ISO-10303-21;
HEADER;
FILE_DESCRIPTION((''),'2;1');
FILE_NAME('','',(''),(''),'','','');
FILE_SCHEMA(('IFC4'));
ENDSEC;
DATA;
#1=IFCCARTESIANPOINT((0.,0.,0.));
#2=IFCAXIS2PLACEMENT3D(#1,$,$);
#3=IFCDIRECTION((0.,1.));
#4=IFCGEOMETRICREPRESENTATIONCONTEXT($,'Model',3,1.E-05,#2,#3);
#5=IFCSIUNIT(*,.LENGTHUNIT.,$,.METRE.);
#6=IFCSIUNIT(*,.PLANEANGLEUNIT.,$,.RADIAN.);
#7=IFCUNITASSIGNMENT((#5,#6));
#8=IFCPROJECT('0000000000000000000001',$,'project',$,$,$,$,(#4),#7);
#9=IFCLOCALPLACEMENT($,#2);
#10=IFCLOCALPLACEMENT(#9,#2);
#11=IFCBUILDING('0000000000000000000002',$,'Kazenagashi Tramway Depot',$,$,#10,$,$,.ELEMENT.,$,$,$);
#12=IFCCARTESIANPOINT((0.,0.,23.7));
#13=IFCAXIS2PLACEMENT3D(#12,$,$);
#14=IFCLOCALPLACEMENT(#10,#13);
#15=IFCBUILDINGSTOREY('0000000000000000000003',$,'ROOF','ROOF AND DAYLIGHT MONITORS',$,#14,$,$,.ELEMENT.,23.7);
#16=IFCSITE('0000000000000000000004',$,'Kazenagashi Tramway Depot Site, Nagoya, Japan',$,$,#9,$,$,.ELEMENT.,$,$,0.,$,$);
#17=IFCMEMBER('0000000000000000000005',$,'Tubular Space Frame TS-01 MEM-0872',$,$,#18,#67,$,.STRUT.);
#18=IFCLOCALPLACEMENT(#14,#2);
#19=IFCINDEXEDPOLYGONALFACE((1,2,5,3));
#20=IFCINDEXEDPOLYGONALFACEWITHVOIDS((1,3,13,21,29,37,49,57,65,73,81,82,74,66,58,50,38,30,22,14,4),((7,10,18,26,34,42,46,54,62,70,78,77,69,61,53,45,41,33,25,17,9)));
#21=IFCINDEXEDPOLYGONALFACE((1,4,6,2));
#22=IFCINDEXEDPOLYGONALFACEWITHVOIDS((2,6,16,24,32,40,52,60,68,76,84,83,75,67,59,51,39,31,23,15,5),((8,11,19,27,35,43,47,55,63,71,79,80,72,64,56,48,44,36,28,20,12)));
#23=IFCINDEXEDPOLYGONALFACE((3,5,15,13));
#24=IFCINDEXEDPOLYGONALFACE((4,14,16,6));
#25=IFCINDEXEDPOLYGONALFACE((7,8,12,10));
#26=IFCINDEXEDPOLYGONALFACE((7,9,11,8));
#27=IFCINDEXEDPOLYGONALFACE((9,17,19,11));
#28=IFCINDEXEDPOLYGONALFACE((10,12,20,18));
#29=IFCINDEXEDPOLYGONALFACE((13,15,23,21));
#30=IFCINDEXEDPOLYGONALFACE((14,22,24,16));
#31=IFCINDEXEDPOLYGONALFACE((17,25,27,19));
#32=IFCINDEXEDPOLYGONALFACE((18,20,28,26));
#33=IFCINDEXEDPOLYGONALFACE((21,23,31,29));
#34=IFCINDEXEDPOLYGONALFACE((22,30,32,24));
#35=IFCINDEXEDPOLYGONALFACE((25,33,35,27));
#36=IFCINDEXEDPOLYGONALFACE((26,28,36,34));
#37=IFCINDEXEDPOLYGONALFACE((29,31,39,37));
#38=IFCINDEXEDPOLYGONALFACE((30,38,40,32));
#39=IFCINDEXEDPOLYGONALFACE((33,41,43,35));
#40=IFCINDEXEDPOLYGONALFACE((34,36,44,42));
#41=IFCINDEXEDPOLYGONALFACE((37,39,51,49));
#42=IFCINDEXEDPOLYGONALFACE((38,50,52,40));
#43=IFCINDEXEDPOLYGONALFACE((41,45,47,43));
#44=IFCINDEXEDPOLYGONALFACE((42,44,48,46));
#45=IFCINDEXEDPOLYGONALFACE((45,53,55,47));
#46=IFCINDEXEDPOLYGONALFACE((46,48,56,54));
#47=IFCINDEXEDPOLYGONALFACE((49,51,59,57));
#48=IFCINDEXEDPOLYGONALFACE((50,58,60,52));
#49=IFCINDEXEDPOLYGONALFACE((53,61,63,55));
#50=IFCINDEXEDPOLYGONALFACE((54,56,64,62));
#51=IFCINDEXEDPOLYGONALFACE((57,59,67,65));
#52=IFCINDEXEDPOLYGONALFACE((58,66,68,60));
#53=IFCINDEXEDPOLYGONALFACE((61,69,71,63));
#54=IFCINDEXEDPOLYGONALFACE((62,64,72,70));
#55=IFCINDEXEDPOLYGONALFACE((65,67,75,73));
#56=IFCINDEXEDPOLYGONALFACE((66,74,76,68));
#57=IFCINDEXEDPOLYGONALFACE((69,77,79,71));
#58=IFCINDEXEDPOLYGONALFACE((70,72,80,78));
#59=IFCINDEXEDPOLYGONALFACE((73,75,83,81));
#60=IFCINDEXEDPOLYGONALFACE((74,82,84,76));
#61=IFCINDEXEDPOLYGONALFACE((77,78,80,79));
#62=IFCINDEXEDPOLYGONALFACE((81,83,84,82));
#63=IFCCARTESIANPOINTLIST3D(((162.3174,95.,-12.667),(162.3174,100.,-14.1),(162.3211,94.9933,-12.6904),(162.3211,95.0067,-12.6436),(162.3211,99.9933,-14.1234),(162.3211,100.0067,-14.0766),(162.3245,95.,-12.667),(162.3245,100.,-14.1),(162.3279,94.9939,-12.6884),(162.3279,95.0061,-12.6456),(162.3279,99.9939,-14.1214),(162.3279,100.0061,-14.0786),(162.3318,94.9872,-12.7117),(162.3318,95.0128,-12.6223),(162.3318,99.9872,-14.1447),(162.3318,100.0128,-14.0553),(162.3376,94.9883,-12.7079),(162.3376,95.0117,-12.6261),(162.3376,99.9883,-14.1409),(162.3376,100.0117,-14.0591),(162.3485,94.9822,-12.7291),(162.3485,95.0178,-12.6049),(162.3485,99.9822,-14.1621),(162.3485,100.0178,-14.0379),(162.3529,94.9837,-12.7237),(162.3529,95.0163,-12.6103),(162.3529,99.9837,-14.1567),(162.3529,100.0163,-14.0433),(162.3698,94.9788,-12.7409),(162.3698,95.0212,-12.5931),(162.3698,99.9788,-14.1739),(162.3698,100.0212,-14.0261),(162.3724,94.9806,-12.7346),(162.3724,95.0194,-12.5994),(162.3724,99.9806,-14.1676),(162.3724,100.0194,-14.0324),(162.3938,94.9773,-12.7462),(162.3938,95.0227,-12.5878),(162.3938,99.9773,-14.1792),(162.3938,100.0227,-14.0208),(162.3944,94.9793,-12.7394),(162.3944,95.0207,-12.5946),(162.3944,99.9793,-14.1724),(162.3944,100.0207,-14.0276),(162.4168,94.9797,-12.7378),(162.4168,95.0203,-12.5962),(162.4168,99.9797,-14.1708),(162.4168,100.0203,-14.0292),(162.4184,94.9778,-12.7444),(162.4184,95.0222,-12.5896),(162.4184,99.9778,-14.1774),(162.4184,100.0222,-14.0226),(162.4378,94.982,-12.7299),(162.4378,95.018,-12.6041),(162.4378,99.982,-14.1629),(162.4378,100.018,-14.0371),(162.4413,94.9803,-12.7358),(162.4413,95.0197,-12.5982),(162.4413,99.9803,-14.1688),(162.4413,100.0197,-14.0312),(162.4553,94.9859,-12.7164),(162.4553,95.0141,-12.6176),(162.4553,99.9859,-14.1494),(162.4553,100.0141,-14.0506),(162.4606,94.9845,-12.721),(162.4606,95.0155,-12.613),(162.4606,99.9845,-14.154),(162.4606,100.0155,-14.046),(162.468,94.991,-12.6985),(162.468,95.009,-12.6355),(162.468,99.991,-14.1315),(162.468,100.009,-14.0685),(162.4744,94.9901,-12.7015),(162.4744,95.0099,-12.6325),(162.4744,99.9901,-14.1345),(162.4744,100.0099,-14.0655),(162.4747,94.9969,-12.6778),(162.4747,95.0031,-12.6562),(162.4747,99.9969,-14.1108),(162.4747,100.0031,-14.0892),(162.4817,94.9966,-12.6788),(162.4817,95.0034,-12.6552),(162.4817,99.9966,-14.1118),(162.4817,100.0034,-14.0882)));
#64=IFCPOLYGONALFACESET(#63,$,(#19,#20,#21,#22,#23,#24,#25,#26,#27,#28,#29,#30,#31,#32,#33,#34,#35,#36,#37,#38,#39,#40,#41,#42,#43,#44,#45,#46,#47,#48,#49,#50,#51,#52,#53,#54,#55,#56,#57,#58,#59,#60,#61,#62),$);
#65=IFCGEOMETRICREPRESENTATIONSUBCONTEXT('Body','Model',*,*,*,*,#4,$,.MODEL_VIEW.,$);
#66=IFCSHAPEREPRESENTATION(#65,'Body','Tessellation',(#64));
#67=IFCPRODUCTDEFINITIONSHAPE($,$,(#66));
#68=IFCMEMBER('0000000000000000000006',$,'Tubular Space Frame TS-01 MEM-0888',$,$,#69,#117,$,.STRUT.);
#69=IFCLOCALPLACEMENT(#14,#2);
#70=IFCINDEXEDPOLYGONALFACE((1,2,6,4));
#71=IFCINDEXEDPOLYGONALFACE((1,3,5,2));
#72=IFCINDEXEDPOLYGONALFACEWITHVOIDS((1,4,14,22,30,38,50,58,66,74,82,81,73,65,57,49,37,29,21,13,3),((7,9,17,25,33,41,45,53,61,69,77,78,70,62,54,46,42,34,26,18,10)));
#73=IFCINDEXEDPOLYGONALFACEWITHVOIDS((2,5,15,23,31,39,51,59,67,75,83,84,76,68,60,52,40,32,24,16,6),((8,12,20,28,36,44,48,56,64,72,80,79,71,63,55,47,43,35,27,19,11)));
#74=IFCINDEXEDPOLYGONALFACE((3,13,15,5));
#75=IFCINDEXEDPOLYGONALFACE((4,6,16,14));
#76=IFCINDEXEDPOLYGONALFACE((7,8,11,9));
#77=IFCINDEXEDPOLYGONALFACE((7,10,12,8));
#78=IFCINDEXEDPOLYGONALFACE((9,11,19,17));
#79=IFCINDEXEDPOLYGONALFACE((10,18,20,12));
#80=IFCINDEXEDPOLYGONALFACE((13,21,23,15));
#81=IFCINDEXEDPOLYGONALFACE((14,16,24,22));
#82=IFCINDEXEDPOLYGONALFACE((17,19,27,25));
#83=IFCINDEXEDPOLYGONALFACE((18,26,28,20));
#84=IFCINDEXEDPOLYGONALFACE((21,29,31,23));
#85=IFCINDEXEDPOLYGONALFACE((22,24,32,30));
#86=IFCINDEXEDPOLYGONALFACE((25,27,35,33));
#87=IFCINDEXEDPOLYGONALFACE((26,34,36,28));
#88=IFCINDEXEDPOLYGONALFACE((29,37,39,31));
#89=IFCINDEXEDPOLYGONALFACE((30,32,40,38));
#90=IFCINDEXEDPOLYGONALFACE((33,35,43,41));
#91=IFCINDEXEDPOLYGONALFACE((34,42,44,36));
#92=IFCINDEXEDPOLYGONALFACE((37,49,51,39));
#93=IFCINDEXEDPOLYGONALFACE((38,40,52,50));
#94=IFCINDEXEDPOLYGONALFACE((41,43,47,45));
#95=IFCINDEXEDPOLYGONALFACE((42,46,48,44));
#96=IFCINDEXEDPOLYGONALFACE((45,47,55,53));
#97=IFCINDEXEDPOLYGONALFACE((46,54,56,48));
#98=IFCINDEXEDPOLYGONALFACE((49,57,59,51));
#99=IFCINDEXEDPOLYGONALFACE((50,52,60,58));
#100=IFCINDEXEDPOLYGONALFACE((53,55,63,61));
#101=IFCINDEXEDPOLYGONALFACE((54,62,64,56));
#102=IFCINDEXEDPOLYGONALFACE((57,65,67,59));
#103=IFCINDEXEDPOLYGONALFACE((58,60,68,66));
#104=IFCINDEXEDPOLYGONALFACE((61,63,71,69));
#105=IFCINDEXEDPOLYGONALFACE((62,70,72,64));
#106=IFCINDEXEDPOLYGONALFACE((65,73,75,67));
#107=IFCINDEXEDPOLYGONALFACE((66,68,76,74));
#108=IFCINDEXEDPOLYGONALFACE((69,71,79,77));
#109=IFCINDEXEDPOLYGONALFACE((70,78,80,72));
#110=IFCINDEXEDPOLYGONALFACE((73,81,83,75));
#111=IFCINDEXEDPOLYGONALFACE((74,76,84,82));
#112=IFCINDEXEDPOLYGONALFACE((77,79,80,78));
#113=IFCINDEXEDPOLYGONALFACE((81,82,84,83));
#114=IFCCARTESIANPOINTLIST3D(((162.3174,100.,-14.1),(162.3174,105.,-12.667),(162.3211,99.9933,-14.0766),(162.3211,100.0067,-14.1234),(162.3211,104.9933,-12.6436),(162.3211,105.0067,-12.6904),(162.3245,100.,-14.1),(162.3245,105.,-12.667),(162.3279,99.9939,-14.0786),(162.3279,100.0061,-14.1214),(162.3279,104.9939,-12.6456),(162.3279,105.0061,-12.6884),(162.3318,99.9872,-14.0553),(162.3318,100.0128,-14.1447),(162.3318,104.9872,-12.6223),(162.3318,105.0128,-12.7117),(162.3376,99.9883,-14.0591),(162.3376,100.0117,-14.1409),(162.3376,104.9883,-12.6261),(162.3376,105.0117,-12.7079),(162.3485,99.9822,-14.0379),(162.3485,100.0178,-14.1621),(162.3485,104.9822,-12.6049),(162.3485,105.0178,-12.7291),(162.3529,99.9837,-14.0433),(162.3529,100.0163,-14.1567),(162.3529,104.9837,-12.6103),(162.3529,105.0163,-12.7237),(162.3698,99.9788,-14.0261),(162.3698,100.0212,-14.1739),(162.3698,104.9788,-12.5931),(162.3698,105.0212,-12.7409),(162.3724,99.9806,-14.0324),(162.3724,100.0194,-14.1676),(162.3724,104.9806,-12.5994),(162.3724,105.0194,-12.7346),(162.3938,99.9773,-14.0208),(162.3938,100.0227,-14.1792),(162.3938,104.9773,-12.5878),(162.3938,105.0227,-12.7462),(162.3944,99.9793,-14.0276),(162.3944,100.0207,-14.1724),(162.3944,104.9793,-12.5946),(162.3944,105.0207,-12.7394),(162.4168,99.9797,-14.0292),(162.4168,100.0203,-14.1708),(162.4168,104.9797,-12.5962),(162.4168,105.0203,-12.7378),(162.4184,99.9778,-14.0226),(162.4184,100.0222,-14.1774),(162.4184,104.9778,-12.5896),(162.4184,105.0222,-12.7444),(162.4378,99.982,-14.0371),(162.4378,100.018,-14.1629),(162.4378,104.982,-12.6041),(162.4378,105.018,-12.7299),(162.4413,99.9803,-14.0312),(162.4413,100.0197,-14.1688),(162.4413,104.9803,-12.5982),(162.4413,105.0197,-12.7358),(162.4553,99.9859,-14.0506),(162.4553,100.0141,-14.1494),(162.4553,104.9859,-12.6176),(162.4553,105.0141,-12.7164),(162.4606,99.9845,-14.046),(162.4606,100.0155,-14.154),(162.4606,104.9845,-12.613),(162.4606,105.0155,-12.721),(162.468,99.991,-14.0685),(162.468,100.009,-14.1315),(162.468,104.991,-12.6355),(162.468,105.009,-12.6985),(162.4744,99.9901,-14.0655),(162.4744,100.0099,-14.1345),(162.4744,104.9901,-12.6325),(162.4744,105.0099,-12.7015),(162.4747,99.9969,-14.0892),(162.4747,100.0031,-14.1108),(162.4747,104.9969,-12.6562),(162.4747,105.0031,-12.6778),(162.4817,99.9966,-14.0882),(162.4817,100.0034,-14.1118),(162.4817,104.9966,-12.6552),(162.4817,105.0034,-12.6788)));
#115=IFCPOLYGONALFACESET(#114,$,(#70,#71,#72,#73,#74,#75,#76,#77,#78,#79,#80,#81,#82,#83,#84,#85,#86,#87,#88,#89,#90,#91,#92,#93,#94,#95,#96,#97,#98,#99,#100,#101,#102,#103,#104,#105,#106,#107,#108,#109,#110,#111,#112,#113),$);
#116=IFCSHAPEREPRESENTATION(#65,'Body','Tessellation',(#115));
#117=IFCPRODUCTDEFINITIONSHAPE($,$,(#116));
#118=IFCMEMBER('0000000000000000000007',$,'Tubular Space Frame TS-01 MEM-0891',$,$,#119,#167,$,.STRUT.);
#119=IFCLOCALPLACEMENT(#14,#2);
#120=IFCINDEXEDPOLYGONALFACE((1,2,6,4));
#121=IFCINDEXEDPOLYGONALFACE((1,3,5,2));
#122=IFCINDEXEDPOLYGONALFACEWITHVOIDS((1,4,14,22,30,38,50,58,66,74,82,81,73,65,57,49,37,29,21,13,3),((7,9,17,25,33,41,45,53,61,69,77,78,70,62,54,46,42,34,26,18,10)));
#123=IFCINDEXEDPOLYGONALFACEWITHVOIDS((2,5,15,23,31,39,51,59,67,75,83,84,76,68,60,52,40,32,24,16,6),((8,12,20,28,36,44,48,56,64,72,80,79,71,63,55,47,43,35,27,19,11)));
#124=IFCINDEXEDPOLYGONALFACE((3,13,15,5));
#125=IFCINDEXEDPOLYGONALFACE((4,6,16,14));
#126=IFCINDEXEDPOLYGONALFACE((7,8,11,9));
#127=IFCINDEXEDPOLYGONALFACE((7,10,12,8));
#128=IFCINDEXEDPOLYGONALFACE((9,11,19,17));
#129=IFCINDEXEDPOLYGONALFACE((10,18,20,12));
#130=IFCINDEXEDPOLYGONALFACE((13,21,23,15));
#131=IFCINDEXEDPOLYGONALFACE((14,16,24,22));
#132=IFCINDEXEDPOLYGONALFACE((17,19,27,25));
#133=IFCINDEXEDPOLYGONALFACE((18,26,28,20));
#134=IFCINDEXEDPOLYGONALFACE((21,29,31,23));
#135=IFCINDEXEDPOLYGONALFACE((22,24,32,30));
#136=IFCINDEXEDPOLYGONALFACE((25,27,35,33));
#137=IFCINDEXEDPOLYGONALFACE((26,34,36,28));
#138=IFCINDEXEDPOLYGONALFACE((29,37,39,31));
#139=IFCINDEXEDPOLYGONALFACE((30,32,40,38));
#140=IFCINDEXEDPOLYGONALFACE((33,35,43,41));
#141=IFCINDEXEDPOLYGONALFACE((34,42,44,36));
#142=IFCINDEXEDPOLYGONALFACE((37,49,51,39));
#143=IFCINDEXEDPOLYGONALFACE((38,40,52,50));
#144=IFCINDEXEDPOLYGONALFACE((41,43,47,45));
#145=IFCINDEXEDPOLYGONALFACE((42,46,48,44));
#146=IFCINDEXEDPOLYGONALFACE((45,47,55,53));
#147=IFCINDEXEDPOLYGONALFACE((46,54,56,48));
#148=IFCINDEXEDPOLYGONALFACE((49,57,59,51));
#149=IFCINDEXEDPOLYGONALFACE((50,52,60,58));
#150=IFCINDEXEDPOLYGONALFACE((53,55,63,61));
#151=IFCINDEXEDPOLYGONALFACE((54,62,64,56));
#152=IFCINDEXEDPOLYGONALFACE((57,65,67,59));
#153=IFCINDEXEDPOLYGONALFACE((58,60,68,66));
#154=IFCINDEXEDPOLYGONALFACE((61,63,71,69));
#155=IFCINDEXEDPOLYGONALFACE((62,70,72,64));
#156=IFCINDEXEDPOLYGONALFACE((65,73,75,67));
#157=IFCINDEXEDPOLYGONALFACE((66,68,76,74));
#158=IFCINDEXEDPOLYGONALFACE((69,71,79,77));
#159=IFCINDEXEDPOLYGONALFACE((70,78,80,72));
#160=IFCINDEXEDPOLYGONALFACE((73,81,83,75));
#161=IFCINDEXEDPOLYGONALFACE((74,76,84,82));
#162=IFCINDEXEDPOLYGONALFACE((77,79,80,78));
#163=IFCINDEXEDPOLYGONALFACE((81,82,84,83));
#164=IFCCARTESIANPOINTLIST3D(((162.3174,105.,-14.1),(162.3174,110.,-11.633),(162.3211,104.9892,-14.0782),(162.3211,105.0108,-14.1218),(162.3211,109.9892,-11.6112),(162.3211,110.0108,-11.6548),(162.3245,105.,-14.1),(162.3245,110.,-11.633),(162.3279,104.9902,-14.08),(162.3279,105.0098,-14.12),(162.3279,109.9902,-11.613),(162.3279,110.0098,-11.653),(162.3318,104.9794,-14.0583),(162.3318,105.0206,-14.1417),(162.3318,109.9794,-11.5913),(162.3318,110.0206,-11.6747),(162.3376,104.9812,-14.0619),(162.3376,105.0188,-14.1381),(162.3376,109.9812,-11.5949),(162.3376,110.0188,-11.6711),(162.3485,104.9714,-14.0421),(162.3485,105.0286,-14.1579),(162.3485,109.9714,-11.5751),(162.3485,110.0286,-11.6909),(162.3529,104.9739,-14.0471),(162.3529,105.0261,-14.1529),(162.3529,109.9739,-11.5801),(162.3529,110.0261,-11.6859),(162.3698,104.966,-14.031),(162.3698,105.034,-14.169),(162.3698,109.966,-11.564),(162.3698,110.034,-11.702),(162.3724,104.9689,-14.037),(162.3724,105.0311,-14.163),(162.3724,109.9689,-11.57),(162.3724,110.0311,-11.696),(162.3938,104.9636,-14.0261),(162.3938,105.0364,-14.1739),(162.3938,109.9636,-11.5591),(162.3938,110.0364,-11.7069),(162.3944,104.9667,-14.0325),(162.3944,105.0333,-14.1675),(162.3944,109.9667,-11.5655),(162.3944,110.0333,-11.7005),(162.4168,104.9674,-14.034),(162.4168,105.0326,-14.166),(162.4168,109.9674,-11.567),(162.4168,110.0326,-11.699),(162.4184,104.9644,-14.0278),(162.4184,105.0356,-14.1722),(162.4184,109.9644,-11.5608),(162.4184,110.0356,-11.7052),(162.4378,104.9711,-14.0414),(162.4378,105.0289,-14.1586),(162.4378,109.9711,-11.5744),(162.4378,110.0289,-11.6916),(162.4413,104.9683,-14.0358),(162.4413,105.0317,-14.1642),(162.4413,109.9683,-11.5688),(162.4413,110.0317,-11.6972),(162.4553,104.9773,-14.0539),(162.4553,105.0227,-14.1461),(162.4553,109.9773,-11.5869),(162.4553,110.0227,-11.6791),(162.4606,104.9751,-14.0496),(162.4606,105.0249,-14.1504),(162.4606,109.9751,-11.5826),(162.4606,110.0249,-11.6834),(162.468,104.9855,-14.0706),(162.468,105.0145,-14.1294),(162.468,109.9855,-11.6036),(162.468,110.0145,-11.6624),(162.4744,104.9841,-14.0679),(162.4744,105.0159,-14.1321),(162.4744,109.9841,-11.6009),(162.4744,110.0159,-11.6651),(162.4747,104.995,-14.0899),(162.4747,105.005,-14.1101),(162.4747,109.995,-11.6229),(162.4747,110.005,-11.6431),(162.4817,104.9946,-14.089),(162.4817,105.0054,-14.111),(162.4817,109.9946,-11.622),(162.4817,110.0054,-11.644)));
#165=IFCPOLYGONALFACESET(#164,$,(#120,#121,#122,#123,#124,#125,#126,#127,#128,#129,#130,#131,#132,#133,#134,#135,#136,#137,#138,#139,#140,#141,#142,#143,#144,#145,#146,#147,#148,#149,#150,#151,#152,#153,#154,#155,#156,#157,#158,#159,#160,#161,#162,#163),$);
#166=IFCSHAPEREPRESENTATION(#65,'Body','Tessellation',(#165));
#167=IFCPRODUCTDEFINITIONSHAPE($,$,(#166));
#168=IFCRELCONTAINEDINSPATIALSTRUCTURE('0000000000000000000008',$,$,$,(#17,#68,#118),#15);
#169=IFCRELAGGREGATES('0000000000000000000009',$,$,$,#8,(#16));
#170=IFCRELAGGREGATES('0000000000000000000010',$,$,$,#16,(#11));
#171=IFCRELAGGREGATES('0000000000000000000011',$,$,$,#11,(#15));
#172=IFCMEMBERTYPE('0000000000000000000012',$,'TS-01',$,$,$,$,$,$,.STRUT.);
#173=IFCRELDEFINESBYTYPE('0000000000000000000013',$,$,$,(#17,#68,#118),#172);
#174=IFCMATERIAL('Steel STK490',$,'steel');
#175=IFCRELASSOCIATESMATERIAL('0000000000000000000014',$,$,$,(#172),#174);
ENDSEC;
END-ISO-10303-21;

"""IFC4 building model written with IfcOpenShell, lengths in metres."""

from ifc_helpers import new_model, si_unit, direction, frame, origin, origin_2d, place, context, subcontext, project, spatial, hollow_circle, extrude, material, material_profile, profile_set, type_object, element, save


model = new_model("IFC4")

# Units and contexts
model_context = context("Model", 3, precision=1e-05, world=origin(), true_north=direction((0.0, 1.0)))
body_context = subcontext(model_context, "Body", "Model", "MODEL_VIEW")
ifc_project = project(units=[si_unit("LENGTHUNIT", "METRE"), si_unit("PLANEANGLEUNIT", "RADIAN")], contexts=[model_context])

# Site, building, storey
site_placement = place(None, origin())
site = spatial("IfcSite", under=ifc_project, at=site_placement, Name="Kazenagashi Tramway Depot Site, Nagoya, Japan", CompositionType="ELEMENT", RefElevation=0.0)
building_placement = place(site_placement, origin())
building = spatial("IfcBuilding", under=site, at=building_placement, Name="Kazenagashi Tramway Depot", CompositionType="ELEMENT")
storey_placement = place(building_placement, frame((0.0, 0.0, 23.7)))
storey = spatial("IfcBuildingStorey", under=building, at=storey_placement, Name="ROOF", Description="ROOF AND DAYLIGHT MONITORS", CompositionType="ELEMENT", Elevation=23.7)

# Members
ifc_material_1 = material(Name="Steel STK490", Category="steel")
ifc_material_profile_1 = material_profile(ifc_material_1, hollow_circle(Radius=0.0826, WallThickness=0.0071, at=origin_2d()), Name="CHS-165.2x7.1")
ifc_profile_set_1 = profile_set([ifc_material_profile_1], Name="Steel STK490")
member_type_1 = type_object("IfcMemberType", Name="TS-01", PredefinedType="STRUT", material=ifc_profile_set_1)
for number, where, z_axis, x_axis, name in (
    (1, (162.4, 95.0, -12.667), (0.0, 0.961299, -0.275508), (-1.0, 0.0, 0.0), "Tubular Space Frame TS-01 MEM-0872"),
    (2, (162.4, 100.0, -14.1), (0.0, 0.961299, 0.275508), (-1.0, 0.0, 0.0), "Tubular Space Frame TS-01 MEM-0888"),
):
    element("IfcMember", number, at=place(storey_placement, frame(where, z_axis=z_axis, x_axis=x_axis)), inside=storey, type_object=member_type_1, Name=name, PredefinedType="STRUT", context=body_context, shape_type="SweptSolid", body=[
        extrude(hollow_circle(Radius=0.0826, WallThickness=0.0071, at=origin_2d()), origin(), (0.0, 0.0, 1.0), 5.2013),
    ])
member_1_placement = place(storey_placement, frame((162.4, 105.0, -14.1), z_axis=(0.0, 0.896782, 0.442472), x_axis=(-1.0, 0.0, 0.0)))
element("IfcMember", 3, at=member_1_placement, inside=storey, type_object=member_type_1, Name="Tubular Space Frame TS-01 MEM-0891", PredefinedType="STRUT", context=body_context, shape_type="SweptSolid", body=[
    extrude(hollow_circle(Radius=0.0826, WallThickness=0.0071, at=origin_2d()), origin(), (0.0, 0.0, 1.0), 5.5755),
])

save(model, "model.ifc")
